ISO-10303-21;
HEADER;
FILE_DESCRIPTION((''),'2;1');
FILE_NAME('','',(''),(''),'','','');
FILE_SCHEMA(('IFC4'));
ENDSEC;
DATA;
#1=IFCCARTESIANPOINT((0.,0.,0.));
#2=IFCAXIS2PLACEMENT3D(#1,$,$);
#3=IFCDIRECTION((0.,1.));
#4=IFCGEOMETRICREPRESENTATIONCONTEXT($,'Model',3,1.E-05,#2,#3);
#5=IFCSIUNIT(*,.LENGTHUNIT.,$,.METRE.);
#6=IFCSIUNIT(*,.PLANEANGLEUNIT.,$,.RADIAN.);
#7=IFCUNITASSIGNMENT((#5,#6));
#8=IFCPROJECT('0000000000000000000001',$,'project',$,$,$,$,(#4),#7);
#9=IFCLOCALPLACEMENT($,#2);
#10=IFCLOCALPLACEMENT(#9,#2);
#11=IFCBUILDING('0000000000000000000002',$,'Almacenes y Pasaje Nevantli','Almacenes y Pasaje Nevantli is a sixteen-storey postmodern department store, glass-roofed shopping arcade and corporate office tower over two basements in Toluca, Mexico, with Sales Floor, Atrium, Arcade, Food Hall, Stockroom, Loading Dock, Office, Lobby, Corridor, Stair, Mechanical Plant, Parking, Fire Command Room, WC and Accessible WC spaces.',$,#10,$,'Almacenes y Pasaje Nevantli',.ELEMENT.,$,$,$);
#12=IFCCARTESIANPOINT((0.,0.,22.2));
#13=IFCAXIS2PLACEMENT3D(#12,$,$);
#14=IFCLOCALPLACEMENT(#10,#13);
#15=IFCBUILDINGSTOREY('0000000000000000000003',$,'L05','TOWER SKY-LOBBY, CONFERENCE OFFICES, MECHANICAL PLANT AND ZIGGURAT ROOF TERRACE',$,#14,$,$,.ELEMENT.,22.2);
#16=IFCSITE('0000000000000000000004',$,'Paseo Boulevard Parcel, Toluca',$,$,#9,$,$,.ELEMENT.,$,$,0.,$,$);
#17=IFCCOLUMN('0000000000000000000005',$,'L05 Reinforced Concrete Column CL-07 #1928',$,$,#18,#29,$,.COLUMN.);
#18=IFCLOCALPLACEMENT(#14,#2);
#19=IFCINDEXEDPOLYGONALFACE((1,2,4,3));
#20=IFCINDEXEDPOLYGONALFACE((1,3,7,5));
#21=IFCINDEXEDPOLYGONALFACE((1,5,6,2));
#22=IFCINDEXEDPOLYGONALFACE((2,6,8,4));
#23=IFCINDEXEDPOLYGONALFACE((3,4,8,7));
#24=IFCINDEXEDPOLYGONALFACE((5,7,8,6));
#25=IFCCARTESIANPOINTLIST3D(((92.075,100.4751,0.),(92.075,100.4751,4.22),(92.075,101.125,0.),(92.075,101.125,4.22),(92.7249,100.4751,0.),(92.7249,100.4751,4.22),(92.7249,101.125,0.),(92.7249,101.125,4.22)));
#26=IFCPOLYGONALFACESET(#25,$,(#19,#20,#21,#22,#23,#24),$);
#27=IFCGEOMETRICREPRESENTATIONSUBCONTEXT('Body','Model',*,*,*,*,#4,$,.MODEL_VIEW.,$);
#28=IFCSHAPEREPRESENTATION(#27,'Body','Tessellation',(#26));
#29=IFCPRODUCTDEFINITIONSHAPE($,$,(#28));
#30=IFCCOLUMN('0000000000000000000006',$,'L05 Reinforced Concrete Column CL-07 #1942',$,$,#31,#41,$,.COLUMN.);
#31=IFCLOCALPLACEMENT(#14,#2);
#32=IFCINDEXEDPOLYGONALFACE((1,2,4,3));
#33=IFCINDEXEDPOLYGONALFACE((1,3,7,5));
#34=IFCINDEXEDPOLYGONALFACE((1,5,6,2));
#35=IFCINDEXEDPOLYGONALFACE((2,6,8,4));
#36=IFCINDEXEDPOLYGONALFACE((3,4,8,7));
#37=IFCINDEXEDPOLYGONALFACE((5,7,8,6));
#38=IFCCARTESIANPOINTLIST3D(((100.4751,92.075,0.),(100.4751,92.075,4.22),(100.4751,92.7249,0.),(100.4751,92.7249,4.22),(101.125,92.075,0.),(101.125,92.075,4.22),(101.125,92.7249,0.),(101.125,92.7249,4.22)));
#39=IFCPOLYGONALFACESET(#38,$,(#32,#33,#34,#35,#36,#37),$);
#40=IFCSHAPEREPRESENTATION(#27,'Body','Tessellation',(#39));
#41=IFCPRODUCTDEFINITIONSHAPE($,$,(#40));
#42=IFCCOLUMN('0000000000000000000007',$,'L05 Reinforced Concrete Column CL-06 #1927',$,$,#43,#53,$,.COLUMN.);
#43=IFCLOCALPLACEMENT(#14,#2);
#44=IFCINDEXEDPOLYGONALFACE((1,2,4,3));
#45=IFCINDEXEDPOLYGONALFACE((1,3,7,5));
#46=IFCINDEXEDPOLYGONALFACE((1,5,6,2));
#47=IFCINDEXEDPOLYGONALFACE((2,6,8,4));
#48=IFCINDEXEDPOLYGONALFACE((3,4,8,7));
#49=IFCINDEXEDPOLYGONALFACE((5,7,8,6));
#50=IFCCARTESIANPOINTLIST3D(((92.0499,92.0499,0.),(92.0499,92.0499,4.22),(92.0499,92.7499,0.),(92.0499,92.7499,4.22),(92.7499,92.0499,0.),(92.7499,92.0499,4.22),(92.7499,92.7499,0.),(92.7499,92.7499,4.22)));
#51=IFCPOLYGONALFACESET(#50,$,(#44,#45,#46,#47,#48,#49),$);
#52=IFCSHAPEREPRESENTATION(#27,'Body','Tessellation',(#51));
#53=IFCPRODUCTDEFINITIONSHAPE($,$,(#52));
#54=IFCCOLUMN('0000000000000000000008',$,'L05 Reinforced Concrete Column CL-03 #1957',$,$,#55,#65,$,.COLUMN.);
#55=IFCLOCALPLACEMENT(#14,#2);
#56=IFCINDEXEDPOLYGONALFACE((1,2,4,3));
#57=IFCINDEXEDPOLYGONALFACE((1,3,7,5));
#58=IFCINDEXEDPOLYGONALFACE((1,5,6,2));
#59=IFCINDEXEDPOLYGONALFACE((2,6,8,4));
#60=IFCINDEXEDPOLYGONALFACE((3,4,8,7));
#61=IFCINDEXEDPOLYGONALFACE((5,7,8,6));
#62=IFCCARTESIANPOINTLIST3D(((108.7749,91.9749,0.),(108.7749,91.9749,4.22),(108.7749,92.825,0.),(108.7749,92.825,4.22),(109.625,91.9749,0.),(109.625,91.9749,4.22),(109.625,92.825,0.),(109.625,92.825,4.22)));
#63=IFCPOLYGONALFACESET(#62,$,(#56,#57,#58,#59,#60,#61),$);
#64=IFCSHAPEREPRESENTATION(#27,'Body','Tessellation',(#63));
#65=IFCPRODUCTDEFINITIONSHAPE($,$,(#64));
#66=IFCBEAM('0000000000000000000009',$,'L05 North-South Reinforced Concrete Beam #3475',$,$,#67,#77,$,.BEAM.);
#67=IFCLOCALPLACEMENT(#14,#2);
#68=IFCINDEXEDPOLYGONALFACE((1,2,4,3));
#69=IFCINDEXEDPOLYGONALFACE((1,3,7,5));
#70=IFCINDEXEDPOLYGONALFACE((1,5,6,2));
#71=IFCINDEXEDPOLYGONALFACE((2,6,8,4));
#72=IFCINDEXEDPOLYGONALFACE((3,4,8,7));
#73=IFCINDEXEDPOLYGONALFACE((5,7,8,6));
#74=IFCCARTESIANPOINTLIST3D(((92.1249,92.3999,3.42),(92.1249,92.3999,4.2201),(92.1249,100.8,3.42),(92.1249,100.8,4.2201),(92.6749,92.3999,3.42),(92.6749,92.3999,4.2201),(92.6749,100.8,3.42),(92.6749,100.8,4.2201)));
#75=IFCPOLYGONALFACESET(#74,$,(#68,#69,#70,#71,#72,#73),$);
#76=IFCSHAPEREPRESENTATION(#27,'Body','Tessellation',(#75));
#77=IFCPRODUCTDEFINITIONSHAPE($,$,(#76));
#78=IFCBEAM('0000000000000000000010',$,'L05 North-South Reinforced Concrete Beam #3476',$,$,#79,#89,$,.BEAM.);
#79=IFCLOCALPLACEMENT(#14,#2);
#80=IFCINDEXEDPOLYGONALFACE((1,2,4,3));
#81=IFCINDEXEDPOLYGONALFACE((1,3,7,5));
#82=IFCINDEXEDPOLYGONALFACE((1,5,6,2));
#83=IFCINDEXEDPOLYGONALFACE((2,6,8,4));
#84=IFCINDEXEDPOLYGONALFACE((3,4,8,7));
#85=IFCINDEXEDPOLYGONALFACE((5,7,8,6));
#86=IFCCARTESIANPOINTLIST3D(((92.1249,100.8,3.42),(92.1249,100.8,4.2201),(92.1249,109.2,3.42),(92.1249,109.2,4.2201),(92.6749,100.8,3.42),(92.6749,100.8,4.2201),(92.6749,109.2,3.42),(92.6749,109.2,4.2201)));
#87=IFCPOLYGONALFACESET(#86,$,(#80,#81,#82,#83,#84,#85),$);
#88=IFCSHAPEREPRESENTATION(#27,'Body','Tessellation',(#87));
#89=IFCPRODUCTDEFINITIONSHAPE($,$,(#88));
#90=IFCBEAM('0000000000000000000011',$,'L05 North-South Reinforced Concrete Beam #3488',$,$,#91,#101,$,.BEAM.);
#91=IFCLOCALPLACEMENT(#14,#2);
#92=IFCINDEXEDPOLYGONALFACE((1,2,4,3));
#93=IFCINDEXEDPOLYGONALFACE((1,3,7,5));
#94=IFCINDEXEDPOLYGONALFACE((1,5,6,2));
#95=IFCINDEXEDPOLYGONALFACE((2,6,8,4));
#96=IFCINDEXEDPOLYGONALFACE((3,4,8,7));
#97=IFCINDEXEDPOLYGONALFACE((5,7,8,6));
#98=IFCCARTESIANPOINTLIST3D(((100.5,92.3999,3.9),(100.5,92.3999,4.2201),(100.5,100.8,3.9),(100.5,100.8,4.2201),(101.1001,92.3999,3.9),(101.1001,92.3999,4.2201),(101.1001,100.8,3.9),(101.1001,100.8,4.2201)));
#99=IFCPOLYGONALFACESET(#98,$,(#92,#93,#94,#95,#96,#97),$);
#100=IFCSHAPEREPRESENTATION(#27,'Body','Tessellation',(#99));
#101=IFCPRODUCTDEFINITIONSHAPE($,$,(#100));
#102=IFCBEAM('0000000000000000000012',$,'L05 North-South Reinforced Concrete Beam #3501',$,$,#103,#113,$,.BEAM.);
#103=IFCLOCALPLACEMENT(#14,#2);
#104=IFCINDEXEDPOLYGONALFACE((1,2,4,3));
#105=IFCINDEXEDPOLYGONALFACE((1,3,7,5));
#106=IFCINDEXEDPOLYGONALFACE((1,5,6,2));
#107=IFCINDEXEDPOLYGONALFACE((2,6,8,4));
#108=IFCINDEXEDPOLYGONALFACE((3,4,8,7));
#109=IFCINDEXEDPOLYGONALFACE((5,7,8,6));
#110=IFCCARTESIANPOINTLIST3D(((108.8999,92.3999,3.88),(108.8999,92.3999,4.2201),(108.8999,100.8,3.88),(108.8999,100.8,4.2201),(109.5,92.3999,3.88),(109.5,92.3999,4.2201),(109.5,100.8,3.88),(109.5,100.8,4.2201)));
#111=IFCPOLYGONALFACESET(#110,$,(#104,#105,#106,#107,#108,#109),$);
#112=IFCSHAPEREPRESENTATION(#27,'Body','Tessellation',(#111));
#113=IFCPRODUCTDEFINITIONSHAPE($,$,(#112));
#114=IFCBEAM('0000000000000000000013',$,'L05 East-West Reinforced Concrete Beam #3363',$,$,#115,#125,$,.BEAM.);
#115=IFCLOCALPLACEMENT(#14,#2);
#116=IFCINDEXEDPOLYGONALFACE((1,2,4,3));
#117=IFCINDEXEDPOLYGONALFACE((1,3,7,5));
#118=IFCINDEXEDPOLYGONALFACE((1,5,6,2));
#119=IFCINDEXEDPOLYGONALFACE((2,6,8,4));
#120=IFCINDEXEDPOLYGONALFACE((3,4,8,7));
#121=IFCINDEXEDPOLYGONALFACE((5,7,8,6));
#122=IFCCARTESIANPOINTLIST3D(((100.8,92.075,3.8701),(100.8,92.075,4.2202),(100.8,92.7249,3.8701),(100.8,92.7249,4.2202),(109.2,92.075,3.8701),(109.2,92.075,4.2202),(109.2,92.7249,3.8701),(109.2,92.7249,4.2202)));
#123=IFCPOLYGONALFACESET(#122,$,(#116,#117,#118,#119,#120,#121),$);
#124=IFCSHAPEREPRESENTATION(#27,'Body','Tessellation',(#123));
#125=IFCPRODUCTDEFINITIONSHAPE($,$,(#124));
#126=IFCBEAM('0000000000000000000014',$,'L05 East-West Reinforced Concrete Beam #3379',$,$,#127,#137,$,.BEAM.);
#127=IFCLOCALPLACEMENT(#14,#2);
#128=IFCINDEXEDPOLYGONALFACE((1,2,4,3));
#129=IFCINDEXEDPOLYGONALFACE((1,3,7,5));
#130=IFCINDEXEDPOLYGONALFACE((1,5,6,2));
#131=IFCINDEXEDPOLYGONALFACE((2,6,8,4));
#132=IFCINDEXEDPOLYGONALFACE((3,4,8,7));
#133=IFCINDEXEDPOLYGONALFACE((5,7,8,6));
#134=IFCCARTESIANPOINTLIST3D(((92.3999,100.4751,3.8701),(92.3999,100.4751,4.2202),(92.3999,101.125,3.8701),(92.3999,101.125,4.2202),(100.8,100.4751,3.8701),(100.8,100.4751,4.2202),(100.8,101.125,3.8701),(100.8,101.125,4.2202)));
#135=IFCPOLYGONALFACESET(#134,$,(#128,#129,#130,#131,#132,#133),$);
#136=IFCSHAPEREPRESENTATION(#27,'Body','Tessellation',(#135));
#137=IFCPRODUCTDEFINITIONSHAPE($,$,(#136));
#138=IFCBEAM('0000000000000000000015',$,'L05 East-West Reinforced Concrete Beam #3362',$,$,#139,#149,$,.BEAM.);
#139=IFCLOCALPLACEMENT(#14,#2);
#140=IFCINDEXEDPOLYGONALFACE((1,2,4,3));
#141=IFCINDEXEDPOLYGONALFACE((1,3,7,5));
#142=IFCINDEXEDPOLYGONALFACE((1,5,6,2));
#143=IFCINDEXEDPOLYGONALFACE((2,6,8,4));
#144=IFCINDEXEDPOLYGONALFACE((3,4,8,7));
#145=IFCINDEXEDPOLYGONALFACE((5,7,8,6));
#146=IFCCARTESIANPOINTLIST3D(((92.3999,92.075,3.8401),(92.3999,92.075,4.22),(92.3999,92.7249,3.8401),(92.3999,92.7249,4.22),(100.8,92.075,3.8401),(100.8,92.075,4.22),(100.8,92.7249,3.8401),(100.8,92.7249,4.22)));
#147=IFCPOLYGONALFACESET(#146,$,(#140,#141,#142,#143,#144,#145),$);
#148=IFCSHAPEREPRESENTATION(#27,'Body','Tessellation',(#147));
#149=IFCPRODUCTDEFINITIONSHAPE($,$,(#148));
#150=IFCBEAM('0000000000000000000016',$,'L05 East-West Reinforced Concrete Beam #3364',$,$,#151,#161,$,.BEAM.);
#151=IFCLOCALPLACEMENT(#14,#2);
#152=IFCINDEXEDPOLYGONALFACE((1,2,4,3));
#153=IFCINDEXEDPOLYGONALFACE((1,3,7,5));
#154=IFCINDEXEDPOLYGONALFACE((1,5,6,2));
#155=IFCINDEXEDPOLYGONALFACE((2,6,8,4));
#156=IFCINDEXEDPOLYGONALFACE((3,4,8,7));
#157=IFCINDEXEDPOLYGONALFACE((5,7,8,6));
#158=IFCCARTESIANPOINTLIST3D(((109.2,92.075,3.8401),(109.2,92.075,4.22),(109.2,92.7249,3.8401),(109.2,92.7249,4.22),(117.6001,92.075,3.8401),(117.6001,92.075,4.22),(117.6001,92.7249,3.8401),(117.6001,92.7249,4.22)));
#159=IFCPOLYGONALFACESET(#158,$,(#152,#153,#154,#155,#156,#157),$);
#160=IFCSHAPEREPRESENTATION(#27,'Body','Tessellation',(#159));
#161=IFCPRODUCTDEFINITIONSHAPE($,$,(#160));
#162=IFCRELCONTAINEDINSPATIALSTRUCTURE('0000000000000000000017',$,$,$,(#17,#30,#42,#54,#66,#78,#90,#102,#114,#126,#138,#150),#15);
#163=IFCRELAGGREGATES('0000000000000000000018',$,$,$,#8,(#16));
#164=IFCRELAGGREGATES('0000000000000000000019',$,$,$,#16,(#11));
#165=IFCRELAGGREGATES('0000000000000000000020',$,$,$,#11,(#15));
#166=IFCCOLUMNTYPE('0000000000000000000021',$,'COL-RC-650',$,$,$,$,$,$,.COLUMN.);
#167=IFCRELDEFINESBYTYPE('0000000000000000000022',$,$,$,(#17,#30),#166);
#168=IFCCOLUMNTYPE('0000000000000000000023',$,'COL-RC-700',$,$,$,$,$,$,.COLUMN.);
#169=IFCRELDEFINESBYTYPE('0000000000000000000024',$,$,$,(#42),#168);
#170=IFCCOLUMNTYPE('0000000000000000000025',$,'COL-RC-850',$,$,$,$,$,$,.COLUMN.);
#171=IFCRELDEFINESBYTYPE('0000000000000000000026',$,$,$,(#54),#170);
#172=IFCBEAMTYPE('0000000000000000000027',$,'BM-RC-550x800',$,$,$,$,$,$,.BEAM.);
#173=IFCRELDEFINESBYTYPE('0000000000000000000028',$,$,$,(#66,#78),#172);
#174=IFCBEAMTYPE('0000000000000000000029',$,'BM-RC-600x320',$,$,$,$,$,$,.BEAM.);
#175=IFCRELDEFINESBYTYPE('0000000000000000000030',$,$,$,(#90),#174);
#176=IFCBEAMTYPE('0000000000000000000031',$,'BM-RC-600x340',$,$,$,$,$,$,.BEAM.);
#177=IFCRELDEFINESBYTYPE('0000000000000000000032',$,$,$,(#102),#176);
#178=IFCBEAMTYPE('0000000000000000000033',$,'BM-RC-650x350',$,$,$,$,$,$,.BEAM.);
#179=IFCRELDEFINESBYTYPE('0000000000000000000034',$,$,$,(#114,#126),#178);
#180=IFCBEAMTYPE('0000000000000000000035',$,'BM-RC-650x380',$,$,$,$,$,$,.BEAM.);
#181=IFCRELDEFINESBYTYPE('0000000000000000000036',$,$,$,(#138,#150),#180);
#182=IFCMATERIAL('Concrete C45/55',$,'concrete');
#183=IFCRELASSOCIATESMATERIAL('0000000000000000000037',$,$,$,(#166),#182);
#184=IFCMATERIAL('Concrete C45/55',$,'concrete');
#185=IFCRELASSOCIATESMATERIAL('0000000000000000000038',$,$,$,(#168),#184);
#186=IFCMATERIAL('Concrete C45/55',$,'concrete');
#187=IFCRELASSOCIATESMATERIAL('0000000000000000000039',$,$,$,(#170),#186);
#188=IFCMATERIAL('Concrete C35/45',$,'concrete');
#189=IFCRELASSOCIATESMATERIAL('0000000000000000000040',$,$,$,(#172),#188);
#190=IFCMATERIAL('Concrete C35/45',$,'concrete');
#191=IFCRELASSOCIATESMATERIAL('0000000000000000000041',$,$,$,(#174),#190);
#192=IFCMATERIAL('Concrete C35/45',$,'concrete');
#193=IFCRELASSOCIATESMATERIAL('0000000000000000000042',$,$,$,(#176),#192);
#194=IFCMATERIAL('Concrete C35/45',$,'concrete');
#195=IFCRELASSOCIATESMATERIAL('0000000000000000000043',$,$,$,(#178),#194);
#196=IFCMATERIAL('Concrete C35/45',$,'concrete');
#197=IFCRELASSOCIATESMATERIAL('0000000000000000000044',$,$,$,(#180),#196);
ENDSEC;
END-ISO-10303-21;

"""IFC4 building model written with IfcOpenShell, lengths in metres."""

from ifc_helpers import new_model, si_unit, direction, frame, origin, origin_2d, place, context, subcontext, project, spatial, rectangle, extrude, material, material_profile, profile_set, type_object, element, save


model = new_model("IFC4")

# Units and contexts
model_context = context("Model", 3, precision=1e-05, world=origin(), true_north=direction((0.0, 1.0)))
body_context = subcontext(model_context, "Body", "Model", "MODEL_VIEW")
ifc_project = project(units=[si_unit("LENGTHUNIT", "METRE"), si_unit("PLANEANGLEUNIT", "RADIAN")], contexts=[model_context])

# Site, building, storey
site_placement = place(None, origin())
site = spatial("IfcSite", under=ifc_project, at=site_placement, Name="Paseo Boulevard Parcel, Toluca", CompositionType="ELEMENT", RefElevation=0.0)
building_placement = place(site_placement, origin())
building = spatial("IfcBuilding", under=site, at=building_placement, Name="Almacenes y Pasaje Nevantli", Description="Almacenes y Pasaje Nevantli is a sixteen-storey postmodern department store, glass-roofed shopping arcade and corporate office tower over two basements in Toluca, Mexico, with Sales Floor, Atrium, Arcade, Food Hall, Stockroom, Loading Dock, Office, Lobby, Corridor, Stair, Mechanical Plant, Parking, Fire Command Room, WC and Accessible WC spaces.", LongName="Almacenes y Pasaje Nevantli", CompositionType="ELEMENT")
storey_placement = place(building_placement, frame((0.0, 0.0, 22.2)))
storey = spatial("IfcBuildingStorey", under=building, at=storey_placement, Name="L05", Description="TOWER SKY-LOBBY, CONFERENCE OFFICES, MECHANICAL PLANT AND ZIGGURAT ROOF TERRACE", CompositionType="ELEMENT", Elevation=22.2)

# Columns
ifc_material_1 = material(Name="Concrete C45/55", Category="concrete")
ifc_material_profile_1 = material_profile(ifc_material_1, rectangle(XDim=0.6499, YDim=0.6499, at=origin_2d()), Name="RC-COL-650x650")
ifc_profile_set_1 = profile_set([ifc_material_profile_1], Name="Concrete C45/55")
column_type_1 = type_object("IfcColumnType", Name="COL-RC-650", PredefinedType="COLUMN", material=ifc_profile_set_1)
for number, where, z_axis, x_axis, name in (
    (1, (92.3999, 100.8, 0.0), (0.0, 0.0, 1.0), (1.0, 0.0, 0.0), "L05 Reinforced Concrete Column CL-07 #1928"),
    (2, (100.8, 92.3999, 0.0), (0.0, 0.0, 1.0), (1.0, 0.0, 0.0), "L05 Reinforced Concrete Column CL-07 #1942"),
):
    element("IfcColumn", number, at=place(storey_placement, frame(where, z_axis=z_axis, x_axis=x_axis)), inside=storey, type_object=column_type_1, Name=name, PredefinedType="COLUMN", context=body_context, shape_type="SweptSolid", body=[
        extrude(rectangle(XDim=0.6499, YDim=0.6499, at=origin_2d()), origin(), (0.0, 0.0, 1.0), 4.22),
    ])
ifc_material_2 = material(Name="Concrete C45/55", Category="concrete")
ifc_material_profile_2 = material_profile(ifc_material_2, rectangle(XDim=0.7, YDim=0.7, at=origin_2d()), Name="RC-COL-700x700")
ifc_profile_set_2 = profile_set([ifc_material_profile_2], Name="Concrete C45/55")
column_type_2 = type_object("IfcColumnType", Name="COL-RC-700", PredefinedType="COLUMN", material=ifc_profile_set_2)
column_1_placement = place(storey_placement, frame((92.3999, 92.3999, 0.0), z_axis=(0.0, 0.0, 1.0), x_axis=(1.0, 0.0, 0.0)))
element("IfcColumn", 3, at=column_1_placement, inside=storey, type_object=column_type_2, Name="L05 Reinforced Concrete Column CL-06 #1927", PredefinedType="COLUMN", context=body_context, shape_type="SweptSolid", body=[
    extrude(rectangle(XDim=0.7, YDim=0.7, at=origin_2d()), origin(), (0.0, 0.0, 1.0), 4.22),
])
ifc_material_3 = material(Name="Concrete C45/55", Category="concrete")
ifc_material_profile_3 = material_profile(ifc_material_3, rectangle(XDim=0.8501, YDim=0.8501, at=origin_2d()), Name="RC-COL-850x850")
ifc_profile_set_3 = profile_set([ifc_material_profile_3], Name="Concrete C45/55")
column_type_3 = type_object("IfcColumnType", Name="COL-RC-850", PredefinedType="COLUMN", material=ifc_profile_set_3)
column_2_placement = place(storey_placement, frame((109.2, 92.3999, 0.0), z_axis=(0.0, 0.0, 1.0), x_axis=(1.0, 0.0, 0.0)))
element("IfcColumn", 4, at=column_2_placement, inside=storey, type_object=column_type_3, Name="L05 Reinforced Concrete Column CL-03 #1957", PredefinedType="COLUMN", context=body_context, shape_type="SweptSolid", body=[
    extrude(rectangle(XDim=0.8501, YDim=0.8501, at=origin_2d()), origin(), (0.0, 0.0, 1.0), 4.22),
])

# Beams
ifc_material_4 = material(Name="Concrete C35/45", Category="concrete")
ifc_material_profile_4 = material_profile(ifc_material_4, rectangle(XDim=0.55, YDim=0.8, at=origin_2d()), Name="RC-BM-550x800")
ifc_profile_set_4 = profile_set([ifc_material_profile_4], Name="Concrete C35/45")
beam_type_1 = type_object("IfcBeamType", Name="BM-RC-550x800", PredefinedType="BEAM", material=ifc_profile_set_4)
beam_1_placement = place(storey_placement, frame((92.3999, 92.3999, 3.8201), z_axis=(0.0, 1.0, 0.0), x_axis=(-1.0, 0.0, 0.0)))
element("IfcBeam", 5, at=beam_1_placement, inside=storey, type_object=beam_type_1, Name="L05 North-South Reinforced Concrete Beam #3475", PredefinedType="BEAM", context=body_context, shape_type="SweptSolid", body=[
    extrude(rectangle(XDim=0.55, YDim=0.8, at=origin_2d()), origin(), (0.0, 0.0, 1.0), 8.4001),
])
beam_2_placement = place(storey_placement, frame((92.3999, 100.8, 3.8201), z_axis=(0.0, 1.0, 0.0), x_axis=(-1.0, 0.0, 0.0)))
element("IfcBeam", 6, at=beam_2_placement, inside=storey, type_object=beam_type_1, Name="L05 North-South Reinforced Concrete Beam #3476", PredefinedType="BEAM", context=body_context, shape_type="SweptSolid", body=[
    extrude(rectangle(XDim=0.55, YDim=0.8, at=origin_2d()), origin(), (0.0, 0.0, 1.0), 8.3999),
])
ifc_material_5 = material(Name="Concrete C35/45", Category="concrete")
ifc_material_profile_5 = material_profile(ifc_material_5, rectangle(XDim=0.6001, YDim=0.3201, at=origin_2d()), Name="RC-BM-600x320")
ifc_profile_set_5 = profile_set([ifc_material_profile_5], Name="Concrete C35/45")
beam_type_2 = type_object("IfcBeamType", Name="BM-RC-600x320", PredefinedType="BEAM", material=ifc_profile_set_5)
beam_3_placement = place(storey_placement, frame((100.8, 92.3999, 4.0601), z_axis=(0.0, 1.0, 0.0), x_axis=(-1.0, 0.0, 0.0)))
element("IfcBeam", 7, at=beam_3_placement, inside=storey, type_object=beam_type_2, Name="L05 North-South Reinforced Concrete Beam #3488", PredefinedType="BEAM", context=body_context, shape_type="SweptSolid", body=[
    extrude(rectangle(XDim=0.6001, YDim=0.3201, at=origin_2d()), origin(), (0.0, 0.0, 1.0), 8.4001),
])
ifc_material_6 = material(Name="Concrete C35/45", Category="concrete")
ifc_material_profile_6 = material_profile(ifc_material_6, rectangle(XDim=0.6001, YDim=0.3401, at=origin_2d()), Name="RC-BM-600x340")
ifc_profile_set_6 = profile_set([ifc_material_profile_6], Name="Concrete C35/45")
beam_type_3 = type_object("IfcBeamType", Name="BM-RC-600x340", PredefinedType="BEAM", material=ifc_profile_set_6)
beam_4_placement = place(storey_placement, frame((109.2, 92.3999, 4.05), z_axis=(0.0, 1.0, 0.0), x_axis=(-1.0, 0.0, 0.0)))
element("IfcBeam", 8, at=beam_4_placement, inside=storey, type_object=beam_type_3, Name="L05 North-South Reinforced Concrete Beam #3501", PredefinedType="BEAM", context=body_context, shape_type="SweptSolid", body=[
    extrude(rectangle(XDim=0.6001, YDim=0.3401, at=origin_2d()), origin(), (0.0, 0.0, 1.0), 8.4001),
])
ifc_material_7 = material(Name="Concrete C35/45", Category="concrete")
ifc_material_profile_7 = material_profile(ifc_material_7, rectangle(XDim=0.6499, YDim=0.3501, at=origin_2d()), Name="RC-BM-650x350")
ifc_profile_set_7 = profile_set([ifc_material_profile_7], Name="Concrete C35/45")
beam_type_4 = type_object("IfcBeamType", Name="BM-RC-650x350", PredefinedType="BEAM", material=ifc_profile_set_7)
beam_5_placement = place(storey_placement, frame((100.8, 92.3999, 4.0452), z_axis=(1.0, 0.0, 0.0), x_axis=(0.0, 1.0, 0.0)))
element("IfcBeam", 9, at=beam_5_placement, inside=storey, type_object=beam_type_4, Name="L05 East-West Reinforced Concrete Beam #3363", PredefinedType="BEAM", context=body_context, shape_type="SweptSolid", body=[
    extrude(rectangle(XDim=0.6499, YDim=0.3501, at=origin_2d()), origin(), (0.0, 0.0, 1.0), 8.3999),
])
beam_6_placement = place(storey_placement, frame((92.3999, 100.8, 4.0452), z_axis=(1.0, 0.0, 0.0), x_axis=(0.0, 1.0, 0.0)))
element("IfcBeam", 10, at=beam_6_placement, inside=storey, type_object=beam_type_4, Name="L05 East-West Reinforced Concrete Beam #3379", PredefinedType="BEAM", context=body_context, shape_type="SweptSolid", body=[
    extrude(rectangle(XDim=0.6499, YDim=0.3501, at=origin_2d()), origin(), (0.0, 0.0, 1.0), 8.4001),
])
ifc_material_8 = material(Name="Concrete C35/45", Category="concrete")
ifc_material_profile_8 = material_profile(ifc_material_8, rectangle(XDim=0.6499, YDim=0.3799, at=origin_2d()), Name="RC-BM-650x380")
ifc_profile_set_8 = profile_set([ifc_material_profile_8], Name="Concrete C35/45")
beam_type_5 = type_object("IfcBeamType", Name="BM-RC-650x380", PredefinedType="BEAM", material=ifc_profile_set_8)
for number, where, z_axis, x_axis, name in (
    (11, (92.3999, 92.3999, 4.03), (1.0, 0.0, 0.0), (0.0, 1.0, 0.0), "L05 East-West Reinforced Concrete Beam #3362"),
    (12, (109.2, 92.3999, 4.03), (1.0, 0.0, 0.0), (0.0, 1.0, 0.0), "L05 East-West Reinforced Concrete Beam #3364"),
):
    element("IfcBeam", number, at=place(storey_placement, frame(where, z_axis=z_axis, x_axis=x_axis)), inside=storey, type_object=beam_type_5, Name=name, PredefinedType="BEAM", context=body_context, shape_type="SweptSolid", body=[
        extrude(rectangle(XDim=0.6499, YDim=0.3799, at=origin_2d()), origin(), (0.0, 0.0, 1.0), 8.4001),
    ])

save(model, "model.ifc")
